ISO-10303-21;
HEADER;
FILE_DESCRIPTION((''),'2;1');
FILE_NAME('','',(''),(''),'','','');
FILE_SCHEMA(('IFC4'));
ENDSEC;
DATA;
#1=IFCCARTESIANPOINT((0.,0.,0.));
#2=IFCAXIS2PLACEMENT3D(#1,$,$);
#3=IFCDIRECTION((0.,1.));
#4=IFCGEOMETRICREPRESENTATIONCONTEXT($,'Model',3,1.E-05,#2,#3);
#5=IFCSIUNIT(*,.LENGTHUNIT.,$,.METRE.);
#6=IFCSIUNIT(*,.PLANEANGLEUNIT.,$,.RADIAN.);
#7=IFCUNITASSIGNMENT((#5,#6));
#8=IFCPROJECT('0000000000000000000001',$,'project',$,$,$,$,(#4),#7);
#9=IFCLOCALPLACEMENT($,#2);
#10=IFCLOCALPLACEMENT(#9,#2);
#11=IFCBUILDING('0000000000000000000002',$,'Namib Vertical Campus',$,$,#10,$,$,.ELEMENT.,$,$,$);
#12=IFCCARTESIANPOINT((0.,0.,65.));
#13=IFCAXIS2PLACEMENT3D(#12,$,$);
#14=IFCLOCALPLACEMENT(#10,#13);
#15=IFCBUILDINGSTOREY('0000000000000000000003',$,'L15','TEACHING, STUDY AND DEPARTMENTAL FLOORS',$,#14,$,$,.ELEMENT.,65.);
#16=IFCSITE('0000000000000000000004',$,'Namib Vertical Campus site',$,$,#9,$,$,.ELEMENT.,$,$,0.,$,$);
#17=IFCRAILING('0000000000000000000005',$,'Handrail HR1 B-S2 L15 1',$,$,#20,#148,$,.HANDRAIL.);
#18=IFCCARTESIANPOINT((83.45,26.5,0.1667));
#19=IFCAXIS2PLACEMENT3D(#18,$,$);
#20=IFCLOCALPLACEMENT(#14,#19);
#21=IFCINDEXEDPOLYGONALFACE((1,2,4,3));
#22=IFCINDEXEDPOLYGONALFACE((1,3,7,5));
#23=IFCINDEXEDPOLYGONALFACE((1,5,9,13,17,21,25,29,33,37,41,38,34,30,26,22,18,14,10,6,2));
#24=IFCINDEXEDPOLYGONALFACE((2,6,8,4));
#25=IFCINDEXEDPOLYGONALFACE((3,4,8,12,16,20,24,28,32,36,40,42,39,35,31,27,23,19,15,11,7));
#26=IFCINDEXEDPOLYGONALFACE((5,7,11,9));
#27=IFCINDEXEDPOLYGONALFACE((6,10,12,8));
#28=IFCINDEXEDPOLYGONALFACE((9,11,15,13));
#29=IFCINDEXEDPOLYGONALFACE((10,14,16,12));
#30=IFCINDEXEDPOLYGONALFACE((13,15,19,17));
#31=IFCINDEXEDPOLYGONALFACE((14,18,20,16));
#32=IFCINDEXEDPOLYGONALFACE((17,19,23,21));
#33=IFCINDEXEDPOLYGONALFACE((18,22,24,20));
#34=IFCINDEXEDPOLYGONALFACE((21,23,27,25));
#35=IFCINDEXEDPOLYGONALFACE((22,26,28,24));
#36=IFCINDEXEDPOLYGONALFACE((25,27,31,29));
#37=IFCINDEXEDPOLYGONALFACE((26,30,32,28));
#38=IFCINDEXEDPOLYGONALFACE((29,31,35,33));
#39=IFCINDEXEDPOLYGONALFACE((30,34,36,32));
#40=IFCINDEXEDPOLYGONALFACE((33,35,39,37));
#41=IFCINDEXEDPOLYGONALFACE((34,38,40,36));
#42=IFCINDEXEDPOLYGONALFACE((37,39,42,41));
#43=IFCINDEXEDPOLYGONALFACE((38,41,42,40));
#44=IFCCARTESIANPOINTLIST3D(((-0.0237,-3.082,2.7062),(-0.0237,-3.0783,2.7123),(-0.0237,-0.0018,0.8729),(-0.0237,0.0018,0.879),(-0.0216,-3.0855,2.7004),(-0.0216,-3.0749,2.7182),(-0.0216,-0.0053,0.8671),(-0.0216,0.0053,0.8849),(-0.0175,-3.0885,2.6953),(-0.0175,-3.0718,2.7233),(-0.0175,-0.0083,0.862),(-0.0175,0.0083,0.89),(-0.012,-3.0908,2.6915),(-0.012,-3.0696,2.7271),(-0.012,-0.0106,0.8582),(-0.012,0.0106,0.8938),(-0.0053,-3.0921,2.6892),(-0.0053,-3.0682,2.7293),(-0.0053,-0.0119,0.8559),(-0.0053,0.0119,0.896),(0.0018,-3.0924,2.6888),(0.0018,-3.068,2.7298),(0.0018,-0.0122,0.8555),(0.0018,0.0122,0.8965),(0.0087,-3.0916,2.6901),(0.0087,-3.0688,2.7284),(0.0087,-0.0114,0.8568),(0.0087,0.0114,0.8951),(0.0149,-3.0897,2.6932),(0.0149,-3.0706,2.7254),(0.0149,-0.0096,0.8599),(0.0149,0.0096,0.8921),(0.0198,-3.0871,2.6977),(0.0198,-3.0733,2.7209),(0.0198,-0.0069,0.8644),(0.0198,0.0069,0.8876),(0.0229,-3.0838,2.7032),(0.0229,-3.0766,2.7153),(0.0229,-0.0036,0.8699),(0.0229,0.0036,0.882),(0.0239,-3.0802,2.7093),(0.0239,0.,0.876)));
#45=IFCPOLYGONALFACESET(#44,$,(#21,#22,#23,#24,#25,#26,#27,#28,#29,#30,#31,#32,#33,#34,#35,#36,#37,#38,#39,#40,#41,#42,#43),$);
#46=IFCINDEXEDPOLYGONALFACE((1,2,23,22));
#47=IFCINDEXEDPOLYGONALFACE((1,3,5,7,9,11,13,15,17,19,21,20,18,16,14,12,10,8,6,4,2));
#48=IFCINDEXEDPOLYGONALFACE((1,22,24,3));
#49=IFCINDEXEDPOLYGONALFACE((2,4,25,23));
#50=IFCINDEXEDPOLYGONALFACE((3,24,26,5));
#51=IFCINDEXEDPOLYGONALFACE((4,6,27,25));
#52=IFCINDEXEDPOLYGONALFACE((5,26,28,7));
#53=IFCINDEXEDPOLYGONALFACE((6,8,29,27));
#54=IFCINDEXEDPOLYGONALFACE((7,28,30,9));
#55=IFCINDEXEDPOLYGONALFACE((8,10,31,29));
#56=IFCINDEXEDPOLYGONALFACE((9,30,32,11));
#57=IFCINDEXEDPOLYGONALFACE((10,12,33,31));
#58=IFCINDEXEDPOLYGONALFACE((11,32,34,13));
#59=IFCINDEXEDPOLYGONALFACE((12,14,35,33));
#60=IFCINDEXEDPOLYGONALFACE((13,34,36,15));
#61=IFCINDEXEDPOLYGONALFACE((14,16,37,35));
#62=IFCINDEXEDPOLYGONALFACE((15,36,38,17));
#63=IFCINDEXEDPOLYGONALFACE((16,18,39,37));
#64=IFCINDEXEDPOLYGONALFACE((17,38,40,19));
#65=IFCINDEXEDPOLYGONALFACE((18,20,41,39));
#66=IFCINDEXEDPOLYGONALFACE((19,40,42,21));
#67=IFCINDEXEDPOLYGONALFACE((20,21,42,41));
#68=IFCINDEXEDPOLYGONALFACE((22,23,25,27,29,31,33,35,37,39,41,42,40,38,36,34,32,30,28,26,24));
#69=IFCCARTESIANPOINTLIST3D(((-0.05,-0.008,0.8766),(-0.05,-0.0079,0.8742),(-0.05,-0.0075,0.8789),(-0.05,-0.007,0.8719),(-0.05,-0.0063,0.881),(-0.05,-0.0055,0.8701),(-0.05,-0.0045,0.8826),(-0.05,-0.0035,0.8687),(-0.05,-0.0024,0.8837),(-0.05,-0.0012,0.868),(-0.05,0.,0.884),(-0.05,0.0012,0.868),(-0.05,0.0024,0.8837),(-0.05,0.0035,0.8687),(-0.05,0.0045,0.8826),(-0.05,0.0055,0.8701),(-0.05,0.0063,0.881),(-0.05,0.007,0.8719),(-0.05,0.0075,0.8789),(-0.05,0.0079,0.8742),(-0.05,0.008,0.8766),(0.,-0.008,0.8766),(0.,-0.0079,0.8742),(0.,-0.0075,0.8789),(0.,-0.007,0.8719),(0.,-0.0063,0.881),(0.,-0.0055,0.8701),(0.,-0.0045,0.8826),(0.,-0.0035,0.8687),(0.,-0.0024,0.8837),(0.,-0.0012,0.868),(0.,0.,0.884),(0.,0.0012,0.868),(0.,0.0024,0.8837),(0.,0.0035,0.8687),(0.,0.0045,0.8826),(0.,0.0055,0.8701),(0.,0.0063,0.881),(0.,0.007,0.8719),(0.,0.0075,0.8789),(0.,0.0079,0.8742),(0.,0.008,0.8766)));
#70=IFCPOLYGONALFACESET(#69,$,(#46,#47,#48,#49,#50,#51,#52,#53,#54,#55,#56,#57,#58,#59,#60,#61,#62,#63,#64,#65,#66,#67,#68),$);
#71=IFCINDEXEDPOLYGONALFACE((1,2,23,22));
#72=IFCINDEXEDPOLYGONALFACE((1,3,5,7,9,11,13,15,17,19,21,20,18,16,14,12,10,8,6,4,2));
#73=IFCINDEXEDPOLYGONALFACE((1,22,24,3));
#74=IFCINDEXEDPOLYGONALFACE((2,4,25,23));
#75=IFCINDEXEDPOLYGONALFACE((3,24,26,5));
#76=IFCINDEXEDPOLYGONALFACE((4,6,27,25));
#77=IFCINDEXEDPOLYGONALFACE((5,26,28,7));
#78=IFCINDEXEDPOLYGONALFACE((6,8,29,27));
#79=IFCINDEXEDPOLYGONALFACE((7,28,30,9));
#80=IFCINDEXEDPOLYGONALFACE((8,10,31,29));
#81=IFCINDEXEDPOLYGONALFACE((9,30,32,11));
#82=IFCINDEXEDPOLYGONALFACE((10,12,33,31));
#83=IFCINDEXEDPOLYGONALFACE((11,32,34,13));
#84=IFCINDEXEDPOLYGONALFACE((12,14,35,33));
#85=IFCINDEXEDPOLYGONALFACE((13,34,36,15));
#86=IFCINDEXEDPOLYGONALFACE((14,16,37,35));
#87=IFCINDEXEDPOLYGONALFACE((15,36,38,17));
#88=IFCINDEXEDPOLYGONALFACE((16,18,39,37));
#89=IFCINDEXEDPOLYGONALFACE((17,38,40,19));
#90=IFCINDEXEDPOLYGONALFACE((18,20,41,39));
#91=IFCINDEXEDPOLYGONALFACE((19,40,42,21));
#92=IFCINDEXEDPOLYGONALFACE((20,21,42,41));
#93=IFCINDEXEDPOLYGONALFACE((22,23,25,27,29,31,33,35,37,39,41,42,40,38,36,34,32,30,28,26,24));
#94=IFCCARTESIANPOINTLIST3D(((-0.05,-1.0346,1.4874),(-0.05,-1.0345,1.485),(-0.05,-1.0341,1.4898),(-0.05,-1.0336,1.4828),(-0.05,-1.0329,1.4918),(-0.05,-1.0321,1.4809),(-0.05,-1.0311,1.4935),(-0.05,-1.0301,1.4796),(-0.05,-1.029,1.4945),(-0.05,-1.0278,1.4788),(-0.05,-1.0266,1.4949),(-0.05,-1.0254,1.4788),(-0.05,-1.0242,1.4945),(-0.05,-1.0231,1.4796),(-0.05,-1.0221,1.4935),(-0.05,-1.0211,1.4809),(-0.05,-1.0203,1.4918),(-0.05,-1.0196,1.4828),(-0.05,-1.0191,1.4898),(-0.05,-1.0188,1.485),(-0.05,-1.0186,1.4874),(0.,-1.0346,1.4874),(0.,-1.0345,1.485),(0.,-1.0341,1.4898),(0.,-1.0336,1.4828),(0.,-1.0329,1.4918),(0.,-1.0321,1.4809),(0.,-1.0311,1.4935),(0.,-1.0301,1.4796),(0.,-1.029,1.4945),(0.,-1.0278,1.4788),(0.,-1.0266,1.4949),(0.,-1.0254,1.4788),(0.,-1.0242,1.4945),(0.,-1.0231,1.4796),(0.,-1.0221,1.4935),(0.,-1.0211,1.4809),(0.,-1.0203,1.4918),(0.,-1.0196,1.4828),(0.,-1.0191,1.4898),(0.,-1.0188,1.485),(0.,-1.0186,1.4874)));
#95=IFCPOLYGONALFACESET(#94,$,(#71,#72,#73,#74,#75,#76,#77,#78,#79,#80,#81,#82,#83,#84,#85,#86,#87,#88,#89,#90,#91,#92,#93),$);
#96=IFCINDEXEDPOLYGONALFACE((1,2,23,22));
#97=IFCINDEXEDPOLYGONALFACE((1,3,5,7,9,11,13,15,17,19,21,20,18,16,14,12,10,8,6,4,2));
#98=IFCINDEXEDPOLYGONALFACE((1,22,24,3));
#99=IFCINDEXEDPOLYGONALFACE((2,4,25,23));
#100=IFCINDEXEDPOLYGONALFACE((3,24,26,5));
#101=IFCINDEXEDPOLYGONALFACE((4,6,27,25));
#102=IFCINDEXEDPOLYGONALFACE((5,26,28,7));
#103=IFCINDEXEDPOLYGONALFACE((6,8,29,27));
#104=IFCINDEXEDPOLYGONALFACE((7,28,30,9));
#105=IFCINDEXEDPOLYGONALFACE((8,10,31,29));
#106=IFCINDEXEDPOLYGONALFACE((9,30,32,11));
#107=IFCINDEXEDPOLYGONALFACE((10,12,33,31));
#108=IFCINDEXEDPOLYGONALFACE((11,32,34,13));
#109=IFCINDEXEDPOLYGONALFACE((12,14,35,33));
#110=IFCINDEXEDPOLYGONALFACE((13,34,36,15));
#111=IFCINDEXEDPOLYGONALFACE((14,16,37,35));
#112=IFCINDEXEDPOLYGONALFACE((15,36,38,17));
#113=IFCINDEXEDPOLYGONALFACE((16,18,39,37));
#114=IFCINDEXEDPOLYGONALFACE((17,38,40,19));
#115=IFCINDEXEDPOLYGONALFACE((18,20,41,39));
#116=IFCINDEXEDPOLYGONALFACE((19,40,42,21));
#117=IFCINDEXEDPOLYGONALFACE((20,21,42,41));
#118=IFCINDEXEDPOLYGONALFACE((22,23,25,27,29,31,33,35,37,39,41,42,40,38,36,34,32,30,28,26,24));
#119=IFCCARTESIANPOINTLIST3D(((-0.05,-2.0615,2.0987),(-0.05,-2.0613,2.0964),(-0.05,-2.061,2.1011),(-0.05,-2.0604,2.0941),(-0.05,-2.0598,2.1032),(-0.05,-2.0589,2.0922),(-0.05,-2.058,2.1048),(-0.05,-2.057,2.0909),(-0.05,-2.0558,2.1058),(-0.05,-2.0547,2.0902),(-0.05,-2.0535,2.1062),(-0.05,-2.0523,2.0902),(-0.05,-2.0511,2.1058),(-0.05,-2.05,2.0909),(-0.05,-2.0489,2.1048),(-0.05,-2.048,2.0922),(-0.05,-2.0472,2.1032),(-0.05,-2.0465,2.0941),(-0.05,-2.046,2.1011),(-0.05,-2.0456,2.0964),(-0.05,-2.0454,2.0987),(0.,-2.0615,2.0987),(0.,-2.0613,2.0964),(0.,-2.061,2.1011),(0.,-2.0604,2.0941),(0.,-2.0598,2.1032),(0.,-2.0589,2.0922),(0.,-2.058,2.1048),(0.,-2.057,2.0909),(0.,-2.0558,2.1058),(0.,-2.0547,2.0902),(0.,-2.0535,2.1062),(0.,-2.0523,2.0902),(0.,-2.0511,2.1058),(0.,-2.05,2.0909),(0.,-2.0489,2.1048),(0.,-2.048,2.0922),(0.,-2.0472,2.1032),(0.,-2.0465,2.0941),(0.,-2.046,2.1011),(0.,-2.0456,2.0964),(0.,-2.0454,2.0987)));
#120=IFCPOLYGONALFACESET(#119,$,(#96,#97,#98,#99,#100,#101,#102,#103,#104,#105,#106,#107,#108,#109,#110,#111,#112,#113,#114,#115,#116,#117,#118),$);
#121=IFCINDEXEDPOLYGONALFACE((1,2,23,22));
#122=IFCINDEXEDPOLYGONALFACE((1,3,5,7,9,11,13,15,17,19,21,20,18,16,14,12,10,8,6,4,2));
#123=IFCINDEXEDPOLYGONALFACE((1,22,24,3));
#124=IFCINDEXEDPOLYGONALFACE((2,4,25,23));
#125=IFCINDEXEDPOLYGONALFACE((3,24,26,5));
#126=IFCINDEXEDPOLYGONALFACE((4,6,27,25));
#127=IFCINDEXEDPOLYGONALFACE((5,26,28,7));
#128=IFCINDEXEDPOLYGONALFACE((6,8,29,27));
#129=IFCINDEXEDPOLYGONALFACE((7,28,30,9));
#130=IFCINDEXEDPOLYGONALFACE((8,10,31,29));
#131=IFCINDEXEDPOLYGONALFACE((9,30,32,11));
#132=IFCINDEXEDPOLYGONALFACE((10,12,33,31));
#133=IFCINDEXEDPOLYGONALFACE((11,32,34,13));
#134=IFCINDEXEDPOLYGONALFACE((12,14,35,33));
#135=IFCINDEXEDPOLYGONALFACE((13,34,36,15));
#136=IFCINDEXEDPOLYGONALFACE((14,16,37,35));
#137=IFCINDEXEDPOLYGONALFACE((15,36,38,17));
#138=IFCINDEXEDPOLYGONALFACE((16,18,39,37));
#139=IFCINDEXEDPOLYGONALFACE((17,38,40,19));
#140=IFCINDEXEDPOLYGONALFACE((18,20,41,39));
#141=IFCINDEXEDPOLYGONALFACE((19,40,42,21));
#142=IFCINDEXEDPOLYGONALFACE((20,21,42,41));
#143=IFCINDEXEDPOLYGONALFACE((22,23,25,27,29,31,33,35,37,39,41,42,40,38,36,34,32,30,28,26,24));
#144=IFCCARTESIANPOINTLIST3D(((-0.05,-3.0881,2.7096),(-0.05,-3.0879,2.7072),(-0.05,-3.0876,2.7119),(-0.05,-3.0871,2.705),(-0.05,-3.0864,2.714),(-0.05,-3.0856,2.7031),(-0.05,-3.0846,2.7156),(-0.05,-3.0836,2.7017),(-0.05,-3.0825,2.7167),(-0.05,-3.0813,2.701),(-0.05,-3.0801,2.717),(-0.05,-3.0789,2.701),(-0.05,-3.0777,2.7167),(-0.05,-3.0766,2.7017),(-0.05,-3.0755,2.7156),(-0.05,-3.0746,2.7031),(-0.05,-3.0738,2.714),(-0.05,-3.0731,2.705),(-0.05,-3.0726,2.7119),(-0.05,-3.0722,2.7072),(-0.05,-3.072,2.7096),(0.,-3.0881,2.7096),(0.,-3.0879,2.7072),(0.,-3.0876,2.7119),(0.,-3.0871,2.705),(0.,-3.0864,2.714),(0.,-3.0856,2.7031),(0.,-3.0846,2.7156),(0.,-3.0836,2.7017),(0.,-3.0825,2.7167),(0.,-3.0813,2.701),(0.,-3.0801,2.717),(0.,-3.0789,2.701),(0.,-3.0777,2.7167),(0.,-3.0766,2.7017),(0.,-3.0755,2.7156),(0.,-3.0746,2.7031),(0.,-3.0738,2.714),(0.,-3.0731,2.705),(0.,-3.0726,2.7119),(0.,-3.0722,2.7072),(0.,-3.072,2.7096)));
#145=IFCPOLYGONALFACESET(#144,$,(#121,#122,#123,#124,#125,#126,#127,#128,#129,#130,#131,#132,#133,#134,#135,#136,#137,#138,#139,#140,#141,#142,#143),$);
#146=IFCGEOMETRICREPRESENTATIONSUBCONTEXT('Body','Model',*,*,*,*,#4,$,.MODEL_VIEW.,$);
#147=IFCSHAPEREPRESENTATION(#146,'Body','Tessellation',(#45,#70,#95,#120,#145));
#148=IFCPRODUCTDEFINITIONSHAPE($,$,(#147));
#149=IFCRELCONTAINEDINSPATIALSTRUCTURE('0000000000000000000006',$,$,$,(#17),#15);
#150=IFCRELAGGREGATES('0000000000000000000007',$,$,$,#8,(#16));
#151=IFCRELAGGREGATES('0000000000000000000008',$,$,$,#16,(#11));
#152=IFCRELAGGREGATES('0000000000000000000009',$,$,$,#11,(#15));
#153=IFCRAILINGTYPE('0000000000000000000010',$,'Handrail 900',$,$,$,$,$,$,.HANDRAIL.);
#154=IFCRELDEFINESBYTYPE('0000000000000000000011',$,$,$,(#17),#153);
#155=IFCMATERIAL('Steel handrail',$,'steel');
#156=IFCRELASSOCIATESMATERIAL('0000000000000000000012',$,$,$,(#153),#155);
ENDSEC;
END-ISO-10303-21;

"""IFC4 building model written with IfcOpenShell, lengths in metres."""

from ifc_helpers import new_model, si_unit, direction, frame, origin, origin_2d, place, context, subcontext, project, spatial, circle, extrude, material, type_object, element, save


model = new_model("IFC4")

# Units and contexts
model_context = context("Model", 3, precision=1e-05, world=origin(), true_north=direction((0.0, 1.0)))
body_context = subcontext(model_context, "Body", "Model", "MODEL_VIEW")
ifc_project = project(units=[si_unit("LENGTHUNIT", "METRE"), si_unit("PLANEANGLEUNIT", "RADIAN")], contexts=[model_context])

# Site, building, storey
site_placement = place(None, origin())
site = spatial("IfcSite", under=ifc_project, at=site_placement, Name="Namib Vertical Campus site", CompositionType="ELEMENT", RefElevation=0.0)
building_placement = place(site_placement, origin())
building = spatial("IfcBuilding", under=site, at=building_placement, Name="Namib Vertical Campus", CompositionType="ELEMENT")
storey_placement = place(building_placement, frame((0.0, 0.0, 65.0)))
storey = spatial("IfcBuildingStorey", under=building, at=storey_placement, Name="L15", Description="TEACHING, STUDY AND DEPARTMENTAL FLOORS", CompositionType="ELEMENT", Elevation=65.0)

# Railing
ifc_material_1 = material(Name="Steel handrail", Category="steel")
railing_type_1 = type_object("IfcRailingType", Name="Handrail 900", PredefinedType="HANDRAIL", material=ifc_material_1)
railing_1_placement = place(storey_placement, frame((83.45, 26.5, 0.1667)))
element("IfcRailing", 1, at=railing_1_placement, inside=storey, type_object=railing_type_1, Name="Handrail HR1 B-S2 L15 1", PredefinedType="HANDRAIL", context=body_context, shape_type="SweptSolid", body=[
    extrude(circle(Radius=0.0239, at=origin_2d()), frame((0.0, 0.0, 0.876), z_axis=(0.0, -0.859309, 0.511458), x_axis=(1.0, 0.0, 0.0)), (0.0, 0.0, 1.0), 3.5845),
    extrude(circle(Radius=0.0081, at=origin_2d()), frame((0.0, 0.0, 0.876), z_axis=(-1.0, 0.0, 0.0), x_axis=(0.0, 0.0, 1.0)), (0.0, 0.0, 1.0), 0.05),
    extrude(circle(Radius=0.0081, at=origin_2d()), frame((0.0, -1.0266, 1.4868), z_axis=(-1.0, 0.0, 0.0), x_axis=(0.0, 0.0, 1.0)), (0.0, 0.0, 1.0), 0.05),
    extrude(circle(Radius=0.0081, at=origin_2d()), frame((0.0, -2.0535, 2.0981), z_axis=(-1.0, 0.0, 0.0), x_axis=(0.0, 0.0, 1.0)), (0.0, 0.0, 1.0), 0.05),
    extrude(circle(Radius=0.0081, at=origin_2d()), frame((0.0, -3.0801, 2.709), z_axis=(-1.0, 0.0, 0.0), x_axis=(0.0, 0.0, 1.0)), (0.0, 0.0, 1.0), 0.05),
])

save(model, "model.ifc")
